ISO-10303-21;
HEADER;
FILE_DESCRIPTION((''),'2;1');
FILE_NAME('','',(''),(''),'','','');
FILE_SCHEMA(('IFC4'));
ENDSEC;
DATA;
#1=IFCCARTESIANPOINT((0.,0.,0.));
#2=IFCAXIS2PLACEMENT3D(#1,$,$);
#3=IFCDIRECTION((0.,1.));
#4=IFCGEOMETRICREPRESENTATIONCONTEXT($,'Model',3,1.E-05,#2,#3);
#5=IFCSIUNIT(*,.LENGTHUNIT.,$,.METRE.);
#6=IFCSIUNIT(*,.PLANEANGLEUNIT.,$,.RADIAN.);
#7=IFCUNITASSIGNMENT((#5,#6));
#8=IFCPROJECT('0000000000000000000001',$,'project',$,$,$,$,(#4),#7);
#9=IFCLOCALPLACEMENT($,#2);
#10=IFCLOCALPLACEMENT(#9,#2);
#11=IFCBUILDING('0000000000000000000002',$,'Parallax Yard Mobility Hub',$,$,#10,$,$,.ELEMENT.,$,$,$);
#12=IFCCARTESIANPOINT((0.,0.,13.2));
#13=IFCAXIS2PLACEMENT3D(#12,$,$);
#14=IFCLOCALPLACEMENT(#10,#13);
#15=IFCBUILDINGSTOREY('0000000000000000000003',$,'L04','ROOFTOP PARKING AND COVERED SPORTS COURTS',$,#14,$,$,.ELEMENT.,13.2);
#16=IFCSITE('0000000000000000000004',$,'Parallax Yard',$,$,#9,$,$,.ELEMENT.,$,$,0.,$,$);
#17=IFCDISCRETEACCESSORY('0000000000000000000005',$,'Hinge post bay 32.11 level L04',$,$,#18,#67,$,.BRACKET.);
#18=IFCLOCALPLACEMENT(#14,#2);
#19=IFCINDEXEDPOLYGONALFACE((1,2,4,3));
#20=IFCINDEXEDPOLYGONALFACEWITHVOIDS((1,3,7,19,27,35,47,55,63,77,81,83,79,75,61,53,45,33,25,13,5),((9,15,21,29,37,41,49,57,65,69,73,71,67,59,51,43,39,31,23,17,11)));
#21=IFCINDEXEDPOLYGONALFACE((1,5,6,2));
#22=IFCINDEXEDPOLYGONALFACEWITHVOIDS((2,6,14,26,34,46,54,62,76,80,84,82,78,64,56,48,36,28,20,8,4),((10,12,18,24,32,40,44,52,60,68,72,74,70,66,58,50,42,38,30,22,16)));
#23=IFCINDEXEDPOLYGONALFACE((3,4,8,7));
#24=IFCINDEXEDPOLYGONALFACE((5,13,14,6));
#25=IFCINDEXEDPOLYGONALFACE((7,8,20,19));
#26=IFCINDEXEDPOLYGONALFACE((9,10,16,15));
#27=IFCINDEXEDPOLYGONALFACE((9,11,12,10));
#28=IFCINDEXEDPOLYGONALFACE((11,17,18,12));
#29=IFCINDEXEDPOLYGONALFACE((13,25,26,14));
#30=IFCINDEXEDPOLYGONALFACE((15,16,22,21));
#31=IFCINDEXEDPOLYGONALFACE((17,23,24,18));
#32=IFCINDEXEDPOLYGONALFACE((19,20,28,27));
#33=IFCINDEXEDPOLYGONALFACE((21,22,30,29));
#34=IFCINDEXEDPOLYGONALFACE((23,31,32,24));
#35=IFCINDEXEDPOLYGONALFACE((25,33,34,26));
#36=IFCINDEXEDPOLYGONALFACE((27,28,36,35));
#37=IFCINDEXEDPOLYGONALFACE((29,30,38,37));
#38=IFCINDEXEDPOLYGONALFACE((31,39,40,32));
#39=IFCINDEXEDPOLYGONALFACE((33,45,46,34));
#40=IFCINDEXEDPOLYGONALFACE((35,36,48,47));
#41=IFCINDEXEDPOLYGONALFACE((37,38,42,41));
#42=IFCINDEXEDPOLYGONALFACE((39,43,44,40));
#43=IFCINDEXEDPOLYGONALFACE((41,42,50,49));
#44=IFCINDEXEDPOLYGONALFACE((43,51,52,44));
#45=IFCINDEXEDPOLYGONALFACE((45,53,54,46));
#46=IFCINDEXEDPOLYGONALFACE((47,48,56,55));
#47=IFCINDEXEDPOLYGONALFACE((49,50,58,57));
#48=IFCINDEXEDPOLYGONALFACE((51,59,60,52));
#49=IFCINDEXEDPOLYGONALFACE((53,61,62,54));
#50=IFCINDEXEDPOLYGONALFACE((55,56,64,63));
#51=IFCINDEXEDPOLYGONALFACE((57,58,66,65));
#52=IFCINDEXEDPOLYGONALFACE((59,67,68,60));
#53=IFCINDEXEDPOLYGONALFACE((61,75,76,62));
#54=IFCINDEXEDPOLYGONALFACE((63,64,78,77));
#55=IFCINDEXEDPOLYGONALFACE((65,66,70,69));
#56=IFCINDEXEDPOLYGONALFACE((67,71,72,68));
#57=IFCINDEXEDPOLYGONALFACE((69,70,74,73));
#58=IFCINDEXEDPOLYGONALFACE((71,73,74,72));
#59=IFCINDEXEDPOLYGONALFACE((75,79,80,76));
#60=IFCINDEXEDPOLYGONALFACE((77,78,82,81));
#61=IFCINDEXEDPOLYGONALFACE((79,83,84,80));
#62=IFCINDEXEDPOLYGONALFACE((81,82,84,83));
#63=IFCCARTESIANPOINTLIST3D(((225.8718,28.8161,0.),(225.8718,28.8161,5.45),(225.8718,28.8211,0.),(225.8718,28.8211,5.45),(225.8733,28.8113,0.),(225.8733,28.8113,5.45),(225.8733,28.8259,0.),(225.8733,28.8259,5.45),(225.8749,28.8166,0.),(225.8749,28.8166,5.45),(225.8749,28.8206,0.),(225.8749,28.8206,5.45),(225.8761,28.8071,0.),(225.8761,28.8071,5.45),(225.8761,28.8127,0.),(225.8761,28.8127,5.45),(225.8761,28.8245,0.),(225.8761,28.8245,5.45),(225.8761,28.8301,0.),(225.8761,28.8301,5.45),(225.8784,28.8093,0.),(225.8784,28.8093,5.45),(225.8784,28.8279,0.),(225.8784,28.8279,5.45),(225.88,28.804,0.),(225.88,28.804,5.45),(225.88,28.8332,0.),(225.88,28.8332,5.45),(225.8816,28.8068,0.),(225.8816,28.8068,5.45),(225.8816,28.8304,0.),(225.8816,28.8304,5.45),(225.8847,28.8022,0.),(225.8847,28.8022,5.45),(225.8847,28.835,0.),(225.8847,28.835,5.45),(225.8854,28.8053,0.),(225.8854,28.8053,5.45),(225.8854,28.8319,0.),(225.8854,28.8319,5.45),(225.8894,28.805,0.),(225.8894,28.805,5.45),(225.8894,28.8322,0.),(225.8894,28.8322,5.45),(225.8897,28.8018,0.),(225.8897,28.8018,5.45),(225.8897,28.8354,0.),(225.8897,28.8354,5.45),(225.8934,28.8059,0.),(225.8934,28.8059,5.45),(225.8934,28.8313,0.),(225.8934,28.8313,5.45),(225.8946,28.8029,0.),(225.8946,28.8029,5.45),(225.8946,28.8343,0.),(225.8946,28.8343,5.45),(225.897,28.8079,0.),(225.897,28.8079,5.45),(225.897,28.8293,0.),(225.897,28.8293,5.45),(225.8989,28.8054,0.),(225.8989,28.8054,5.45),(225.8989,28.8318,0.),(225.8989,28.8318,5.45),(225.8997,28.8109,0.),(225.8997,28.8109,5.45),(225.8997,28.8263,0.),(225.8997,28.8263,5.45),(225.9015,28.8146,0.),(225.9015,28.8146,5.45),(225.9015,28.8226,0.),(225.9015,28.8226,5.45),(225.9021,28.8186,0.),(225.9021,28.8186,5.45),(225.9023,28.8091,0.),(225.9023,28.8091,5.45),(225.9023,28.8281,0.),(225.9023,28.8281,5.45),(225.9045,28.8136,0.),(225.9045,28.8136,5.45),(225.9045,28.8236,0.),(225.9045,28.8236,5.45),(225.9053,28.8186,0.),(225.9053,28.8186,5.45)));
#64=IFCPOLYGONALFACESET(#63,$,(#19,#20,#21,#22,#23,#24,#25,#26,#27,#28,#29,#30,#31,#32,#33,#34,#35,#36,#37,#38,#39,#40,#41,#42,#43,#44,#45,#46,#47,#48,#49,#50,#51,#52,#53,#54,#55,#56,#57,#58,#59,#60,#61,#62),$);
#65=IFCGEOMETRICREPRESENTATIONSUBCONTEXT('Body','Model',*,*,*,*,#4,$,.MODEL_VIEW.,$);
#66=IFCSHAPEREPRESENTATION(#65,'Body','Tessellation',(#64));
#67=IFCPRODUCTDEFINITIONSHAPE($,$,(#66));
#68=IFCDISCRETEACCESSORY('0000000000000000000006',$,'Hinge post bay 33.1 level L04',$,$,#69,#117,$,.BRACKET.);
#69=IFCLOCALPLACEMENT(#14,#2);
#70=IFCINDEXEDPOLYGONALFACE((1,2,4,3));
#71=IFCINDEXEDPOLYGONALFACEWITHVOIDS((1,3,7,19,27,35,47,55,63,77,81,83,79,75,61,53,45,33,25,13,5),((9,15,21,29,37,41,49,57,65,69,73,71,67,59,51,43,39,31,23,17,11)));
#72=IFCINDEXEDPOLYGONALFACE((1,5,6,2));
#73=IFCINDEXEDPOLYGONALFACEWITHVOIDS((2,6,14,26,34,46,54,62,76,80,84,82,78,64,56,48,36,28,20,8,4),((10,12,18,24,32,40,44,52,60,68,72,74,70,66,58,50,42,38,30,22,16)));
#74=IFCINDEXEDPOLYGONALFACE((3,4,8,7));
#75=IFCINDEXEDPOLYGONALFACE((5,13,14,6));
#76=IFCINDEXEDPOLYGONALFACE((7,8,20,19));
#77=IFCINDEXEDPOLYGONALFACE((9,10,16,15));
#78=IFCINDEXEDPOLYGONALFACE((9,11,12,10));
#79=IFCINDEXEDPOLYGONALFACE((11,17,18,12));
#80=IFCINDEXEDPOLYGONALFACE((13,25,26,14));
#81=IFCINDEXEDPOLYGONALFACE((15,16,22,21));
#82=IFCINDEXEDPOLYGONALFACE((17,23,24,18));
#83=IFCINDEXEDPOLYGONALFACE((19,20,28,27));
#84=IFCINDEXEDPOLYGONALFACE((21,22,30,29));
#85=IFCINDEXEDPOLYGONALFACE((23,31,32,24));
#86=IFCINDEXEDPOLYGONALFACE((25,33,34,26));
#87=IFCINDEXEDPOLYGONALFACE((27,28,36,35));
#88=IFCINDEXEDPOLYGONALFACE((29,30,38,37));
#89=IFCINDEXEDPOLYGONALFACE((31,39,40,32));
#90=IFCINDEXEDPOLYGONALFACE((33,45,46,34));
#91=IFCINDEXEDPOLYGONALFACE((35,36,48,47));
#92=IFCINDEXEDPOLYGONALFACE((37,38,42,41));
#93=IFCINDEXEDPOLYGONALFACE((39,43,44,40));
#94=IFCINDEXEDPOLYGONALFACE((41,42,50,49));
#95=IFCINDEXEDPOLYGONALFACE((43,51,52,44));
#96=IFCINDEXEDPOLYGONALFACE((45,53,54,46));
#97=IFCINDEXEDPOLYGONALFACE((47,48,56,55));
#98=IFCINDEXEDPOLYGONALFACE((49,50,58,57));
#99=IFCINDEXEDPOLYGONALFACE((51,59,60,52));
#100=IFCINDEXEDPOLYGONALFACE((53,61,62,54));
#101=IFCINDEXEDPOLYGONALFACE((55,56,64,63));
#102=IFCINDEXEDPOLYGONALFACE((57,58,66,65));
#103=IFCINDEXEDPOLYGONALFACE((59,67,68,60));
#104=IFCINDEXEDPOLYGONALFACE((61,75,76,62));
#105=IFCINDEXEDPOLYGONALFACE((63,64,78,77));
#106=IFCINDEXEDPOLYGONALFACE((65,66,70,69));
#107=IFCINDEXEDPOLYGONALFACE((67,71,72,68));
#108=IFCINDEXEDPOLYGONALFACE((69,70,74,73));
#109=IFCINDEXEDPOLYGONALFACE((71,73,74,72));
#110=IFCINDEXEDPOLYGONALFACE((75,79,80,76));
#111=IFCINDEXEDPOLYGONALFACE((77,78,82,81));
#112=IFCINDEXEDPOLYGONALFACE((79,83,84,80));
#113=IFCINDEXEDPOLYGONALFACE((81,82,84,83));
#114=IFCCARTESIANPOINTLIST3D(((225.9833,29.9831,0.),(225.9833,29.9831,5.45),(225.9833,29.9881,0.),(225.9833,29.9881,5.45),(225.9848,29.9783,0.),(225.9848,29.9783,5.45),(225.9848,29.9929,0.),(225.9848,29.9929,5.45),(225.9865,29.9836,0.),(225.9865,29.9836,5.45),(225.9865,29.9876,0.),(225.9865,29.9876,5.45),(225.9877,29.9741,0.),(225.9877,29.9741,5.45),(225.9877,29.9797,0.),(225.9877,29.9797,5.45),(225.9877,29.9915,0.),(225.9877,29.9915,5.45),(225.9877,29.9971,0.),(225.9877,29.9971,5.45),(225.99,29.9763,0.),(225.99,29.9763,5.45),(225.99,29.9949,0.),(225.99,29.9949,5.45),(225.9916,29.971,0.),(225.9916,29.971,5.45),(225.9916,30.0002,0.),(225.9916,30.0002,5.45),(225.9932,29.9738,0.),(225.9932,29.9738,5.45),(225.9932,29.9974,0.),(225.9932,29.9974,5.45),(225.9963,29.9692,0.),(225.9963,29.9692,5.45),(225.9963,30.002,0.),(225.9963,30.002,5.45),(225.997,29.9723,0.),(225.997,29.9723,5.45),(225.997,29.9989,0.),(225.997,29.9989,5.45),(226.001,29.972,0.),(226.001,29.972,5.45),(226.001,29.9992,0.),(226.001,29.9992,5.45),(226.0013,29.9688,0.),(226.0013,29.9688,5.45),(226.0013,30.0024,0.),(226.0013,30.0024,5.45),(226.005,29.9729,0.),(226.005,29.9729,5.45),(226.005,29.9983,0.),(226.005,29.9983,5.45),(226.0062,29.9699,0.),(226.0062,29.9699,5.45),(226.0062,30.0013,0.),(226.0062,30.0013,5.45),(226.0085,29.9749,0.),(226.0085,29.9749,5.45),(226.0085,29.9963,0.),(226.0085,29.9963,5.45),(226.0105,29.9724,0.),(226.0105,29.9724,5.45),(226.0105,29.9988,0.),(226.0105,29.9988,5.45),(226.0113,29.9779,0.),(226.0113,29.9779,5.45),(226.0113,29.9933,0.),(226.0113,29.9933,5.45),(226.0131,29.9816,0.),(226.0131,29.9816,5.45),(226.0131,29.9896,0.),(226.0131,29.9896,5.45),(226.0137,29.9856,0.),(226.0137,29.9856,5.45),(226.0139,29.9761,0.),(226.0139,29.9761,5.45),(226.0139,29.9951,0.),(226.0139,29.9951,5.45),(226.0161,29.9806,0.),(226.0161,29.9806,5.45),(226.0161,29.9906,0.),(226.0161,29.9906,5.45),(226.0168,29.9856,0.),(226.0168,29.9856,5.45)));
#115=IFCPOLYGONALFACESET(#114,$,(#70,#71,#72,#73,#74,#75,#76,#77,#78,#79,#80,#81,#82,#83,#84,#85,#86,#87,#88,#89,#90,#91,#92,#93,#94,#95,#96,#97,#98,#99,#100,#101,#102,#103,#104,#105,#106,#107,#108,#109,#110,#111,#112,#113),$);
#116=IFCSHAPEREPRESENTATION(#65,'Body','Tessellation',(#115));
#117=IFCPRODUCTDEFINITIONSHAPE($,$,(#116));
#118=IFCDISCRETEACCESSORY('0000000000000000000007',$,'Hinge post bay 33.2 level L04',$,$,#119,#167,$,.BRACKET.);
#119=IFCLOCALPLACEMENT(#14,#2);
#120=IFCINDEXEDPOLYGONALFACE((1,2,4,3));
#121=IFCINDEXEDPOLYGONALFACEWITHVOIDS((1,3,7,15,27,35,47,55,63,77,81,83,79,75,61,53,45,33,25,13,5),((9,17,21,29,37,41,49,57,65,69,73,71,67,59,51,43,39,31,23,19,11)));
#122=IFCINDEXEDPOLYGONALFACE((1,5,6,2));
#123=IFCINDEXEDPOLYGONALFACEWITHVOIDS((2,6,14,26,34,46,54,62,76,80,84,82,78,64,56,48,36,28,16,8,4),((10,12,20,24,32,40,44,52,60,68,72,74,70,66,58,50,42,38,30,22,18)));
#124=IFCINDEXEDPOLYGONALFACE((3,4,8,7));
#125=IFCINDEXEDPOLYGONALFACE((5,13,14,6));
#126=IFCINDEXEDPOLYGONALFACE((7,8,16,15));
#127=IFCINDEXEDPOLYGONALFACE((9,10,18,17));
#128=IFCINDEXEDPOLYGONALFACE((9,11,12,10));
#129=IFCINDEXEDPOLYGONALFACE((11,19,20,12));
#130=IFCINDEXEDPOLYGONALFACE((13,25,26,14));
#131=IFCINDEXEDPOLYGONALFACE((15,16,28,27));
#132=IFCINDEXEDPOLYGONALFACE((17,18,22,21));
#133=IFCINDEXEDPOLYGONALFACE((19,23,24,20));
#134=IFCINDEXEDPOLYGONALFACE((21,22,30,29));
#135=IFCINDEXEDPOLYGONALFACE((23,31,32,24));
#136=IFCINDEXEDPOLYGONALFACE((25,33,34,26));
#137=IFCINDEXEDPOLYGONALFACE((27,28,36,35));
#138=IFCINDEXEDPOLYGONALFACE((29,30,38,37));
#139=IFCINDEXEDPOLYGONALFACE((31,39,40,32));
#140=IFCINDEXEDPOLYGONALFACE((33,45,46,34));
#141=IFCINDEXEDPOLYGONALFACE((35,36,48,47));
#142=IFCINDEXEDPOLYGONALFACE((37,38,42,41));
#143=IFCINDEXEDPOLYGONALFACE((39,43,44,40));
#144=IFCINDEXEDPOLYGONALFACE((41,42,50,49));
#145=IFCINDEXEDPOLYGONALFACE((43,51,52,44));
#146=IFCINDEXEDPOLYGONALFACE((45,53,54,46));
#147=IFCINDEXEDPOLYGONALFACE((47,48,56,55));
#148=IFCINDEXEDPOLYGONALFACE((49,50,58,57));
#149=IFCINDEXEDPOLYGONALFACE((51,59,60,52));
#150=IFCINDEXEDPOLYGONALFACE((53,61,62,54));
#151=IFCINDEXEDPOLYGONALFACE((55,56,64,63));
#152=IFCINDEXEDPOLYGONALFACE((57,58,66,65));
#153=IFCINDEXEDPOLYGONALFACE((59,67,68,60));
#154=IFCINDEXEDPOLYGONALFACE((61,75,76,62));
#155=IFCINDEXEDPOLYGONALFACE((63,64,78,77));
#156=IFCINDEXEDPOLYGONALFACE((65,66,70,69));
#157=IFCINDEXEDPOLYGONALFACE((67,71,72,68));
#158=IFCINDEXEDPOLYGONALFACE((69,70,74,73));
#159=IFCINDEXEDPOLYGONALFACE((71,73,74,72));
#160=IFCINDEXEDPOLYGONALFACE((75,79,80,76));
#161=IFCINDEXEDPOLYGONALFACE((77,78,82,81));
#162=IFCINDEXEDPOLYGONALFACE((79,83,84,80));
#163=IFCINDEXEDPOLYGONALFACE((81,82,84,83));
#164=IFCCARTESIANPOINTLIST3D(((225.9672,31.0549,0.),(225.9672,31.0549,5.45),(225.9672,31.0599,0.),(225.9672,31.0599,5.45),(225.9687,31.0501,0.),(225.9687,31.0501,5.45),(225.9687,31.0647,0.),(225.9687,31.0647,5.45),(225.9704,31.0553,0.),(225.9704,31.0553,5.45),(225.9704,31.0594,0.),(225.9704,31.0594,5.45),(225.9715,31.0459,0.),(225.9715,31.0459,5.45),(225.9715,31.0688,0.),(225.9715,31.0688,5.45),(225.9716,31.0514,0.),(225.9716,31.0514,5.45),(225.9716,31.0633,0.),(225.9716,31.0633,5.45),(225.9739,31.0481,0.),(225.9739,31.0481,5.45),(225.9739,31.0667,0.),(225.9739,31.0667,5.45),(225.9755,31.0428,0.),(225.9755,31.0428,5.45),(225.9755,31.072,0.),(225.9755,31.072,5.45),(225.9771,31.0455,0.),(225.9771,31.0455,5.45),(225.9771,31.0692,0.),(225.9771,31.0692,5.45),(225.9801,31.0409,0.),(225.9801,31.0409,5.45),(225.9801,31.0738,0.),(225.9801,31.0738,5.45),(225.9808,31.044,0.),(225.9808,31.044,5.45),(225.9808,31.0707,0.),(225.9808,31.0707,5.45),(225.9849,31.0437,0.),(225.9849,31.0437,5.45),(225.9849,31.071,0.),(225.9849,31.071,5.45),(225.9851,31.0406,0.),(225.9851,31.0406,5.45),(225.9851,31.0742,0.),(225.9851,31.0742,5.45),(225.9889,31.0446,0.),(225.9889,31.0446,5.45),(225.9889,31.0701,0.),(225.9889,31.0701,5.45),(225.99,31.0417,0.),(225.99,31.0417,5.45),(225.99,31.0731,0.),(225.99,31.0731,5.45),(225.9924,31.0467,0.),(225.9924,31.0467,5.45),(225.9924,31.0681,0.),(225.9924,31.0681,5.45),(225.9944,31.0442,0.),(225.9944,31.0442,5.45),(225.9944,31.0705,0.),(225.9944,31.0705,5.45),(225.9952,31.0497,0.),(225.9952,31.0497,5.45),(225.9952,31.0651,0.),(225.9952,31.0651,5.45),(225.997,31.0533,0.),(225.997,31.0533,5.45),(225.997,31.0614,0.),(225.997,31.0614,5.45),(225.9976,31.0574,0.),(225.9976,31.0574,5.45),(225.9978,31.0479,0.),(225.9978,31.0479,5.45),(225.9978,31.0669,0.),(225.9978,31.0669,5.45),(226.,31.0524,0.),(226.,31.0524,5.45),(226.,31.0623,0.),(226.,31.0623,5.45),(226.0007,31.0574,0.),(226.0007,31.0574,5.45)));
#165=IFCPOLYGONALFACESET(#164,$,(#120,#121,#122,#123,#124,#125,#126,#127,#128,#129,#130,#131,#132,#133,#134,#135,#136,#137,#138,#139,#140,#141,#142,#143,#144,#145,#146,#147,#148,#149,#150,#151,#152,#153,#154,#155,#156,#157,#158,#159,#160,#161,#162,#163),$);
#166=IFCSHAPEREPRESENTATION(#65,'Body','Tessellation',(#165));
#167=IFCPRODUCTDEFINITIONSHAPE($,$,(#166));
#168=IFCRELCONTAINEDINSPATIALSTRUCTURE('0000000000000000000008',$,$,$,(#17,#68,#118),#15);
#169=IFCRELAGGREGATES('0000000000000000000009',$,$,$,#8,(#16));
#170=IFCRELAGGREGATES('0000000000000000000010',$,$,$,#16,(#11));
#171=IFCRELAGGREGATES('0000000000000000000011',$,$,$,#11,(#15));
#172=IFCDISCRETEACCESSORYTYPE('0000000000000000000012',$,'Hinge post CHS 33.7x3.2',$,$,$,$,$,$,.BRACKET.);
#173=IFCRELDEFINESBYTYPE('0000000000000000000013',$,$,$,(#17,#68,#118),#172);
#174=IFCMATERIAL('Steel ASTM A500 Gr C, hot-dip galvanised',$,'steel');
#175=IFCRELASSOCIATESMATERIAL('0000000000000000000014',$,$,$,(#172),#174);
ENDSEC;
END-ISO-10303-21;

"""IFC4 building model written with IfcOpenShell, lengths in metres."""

from ifc_helpers import new_model, si_unit, direction, frame, origin, origin_2d, place, context, subcontext, project, spatial, hollow_circle, extrude, material, material_profile, profile_set, type_object, element, save


model = new_model("IFC4")

# Units and contexts
model_context = context("Model", 3, precision=1e-05, world=origin(), true_north=direction((0.0, 1.0)))
body_context = subcontext(model_context, "Body", "Model", "MODEL_VIEW")
ifc_project = project(units=[si_unit("LENGTHUNIT", "METRE"), si_unit("PLANEANGLEUNIT", "RADIAN")], contexts=[model_context])

# Site, building, storey
site_placement = place(None, origin())
site = spatial("IfcSite", under=ifc_project, at=site_placement, Name="Parallax Yard", CompositionType="ELEMENT", RefElevation=0.0)
building_placement = place(site_placement, origin())
building = spatial("IfcBuilding", under=site, at=building_placement, Name="Parallax Yard Mobility Hub", CompositionType="ELEMENT")
storey_placement = place(building_placement, frame((0.0, 0.0, 13.2)))
storey = spatial("IfcBuildingStorey", under=building, at=storey_placement, Name="L04", Description="ROOFTOP PARKING AND COVERED SPORTS COURTS", CompositionType="ELEMENT", Elevation=13.2)

# Discrete accessories
ifc_material_1 = material(Name="Steel ASTM A500 Gr C, hot-dip galvanised", Category="steel")
ifc_material_profile_1 = material_profile(ifc_material_1, hollow_circle(Radius=0.0168, WallThickness=0.0032, at=origin_2d()), Name="CHS 33.7x3.2")
ifc_profile_set_1 = profile_set([ifc_material_profile_1], Name="Steel ASTM A500 Gr C, hot-dip galvanised")
discrete_accessory_type_1 = type_object("IfcDiscreteAccessoryType", Name="Hinge post CHS 33.7x3.2", PredefinedType="BRACKET", material=ifc_profile_set_1)
for number, where, z_axis, x_axis, name in (
    (1, (225.8884, 28.8186, 0.0), (0.0, 0.0, 1.0), (1.0, 0.0, 0.0), "Hinge post bay 32.11 level L04"),
    (2, (226.0, 29.9856, 0.0), (0.0, 0.0, 1.0), (1.0, 0.0, 0.0), "Hinge post bay 33.1 level L04"),
    (3, (225.9839, 31.0574, 0.0), (0.0, 0.0, 1.0), (1.0, 0.0, 0.0), "Hinge post bay 33.2 level L04"),
):
    element("IfcDiscreteAccessory", number, at=place(storey_placement, frame(where, z_axis=z_axis, x_axis=x_axis)), inside=storey, type_object=discrete_accessory_type_1, Name=name, PredefinedType="BRACKET", context=body_context, shape_type="SweptSolid", body=[
        extrude(hollow_circle(Radius=0.0168, WallThickness=0.0032, at=origin_2d()), origin(), (0.0, 0.0, 1.0), 5.45),
    ])

save(model, "model.ifc")
